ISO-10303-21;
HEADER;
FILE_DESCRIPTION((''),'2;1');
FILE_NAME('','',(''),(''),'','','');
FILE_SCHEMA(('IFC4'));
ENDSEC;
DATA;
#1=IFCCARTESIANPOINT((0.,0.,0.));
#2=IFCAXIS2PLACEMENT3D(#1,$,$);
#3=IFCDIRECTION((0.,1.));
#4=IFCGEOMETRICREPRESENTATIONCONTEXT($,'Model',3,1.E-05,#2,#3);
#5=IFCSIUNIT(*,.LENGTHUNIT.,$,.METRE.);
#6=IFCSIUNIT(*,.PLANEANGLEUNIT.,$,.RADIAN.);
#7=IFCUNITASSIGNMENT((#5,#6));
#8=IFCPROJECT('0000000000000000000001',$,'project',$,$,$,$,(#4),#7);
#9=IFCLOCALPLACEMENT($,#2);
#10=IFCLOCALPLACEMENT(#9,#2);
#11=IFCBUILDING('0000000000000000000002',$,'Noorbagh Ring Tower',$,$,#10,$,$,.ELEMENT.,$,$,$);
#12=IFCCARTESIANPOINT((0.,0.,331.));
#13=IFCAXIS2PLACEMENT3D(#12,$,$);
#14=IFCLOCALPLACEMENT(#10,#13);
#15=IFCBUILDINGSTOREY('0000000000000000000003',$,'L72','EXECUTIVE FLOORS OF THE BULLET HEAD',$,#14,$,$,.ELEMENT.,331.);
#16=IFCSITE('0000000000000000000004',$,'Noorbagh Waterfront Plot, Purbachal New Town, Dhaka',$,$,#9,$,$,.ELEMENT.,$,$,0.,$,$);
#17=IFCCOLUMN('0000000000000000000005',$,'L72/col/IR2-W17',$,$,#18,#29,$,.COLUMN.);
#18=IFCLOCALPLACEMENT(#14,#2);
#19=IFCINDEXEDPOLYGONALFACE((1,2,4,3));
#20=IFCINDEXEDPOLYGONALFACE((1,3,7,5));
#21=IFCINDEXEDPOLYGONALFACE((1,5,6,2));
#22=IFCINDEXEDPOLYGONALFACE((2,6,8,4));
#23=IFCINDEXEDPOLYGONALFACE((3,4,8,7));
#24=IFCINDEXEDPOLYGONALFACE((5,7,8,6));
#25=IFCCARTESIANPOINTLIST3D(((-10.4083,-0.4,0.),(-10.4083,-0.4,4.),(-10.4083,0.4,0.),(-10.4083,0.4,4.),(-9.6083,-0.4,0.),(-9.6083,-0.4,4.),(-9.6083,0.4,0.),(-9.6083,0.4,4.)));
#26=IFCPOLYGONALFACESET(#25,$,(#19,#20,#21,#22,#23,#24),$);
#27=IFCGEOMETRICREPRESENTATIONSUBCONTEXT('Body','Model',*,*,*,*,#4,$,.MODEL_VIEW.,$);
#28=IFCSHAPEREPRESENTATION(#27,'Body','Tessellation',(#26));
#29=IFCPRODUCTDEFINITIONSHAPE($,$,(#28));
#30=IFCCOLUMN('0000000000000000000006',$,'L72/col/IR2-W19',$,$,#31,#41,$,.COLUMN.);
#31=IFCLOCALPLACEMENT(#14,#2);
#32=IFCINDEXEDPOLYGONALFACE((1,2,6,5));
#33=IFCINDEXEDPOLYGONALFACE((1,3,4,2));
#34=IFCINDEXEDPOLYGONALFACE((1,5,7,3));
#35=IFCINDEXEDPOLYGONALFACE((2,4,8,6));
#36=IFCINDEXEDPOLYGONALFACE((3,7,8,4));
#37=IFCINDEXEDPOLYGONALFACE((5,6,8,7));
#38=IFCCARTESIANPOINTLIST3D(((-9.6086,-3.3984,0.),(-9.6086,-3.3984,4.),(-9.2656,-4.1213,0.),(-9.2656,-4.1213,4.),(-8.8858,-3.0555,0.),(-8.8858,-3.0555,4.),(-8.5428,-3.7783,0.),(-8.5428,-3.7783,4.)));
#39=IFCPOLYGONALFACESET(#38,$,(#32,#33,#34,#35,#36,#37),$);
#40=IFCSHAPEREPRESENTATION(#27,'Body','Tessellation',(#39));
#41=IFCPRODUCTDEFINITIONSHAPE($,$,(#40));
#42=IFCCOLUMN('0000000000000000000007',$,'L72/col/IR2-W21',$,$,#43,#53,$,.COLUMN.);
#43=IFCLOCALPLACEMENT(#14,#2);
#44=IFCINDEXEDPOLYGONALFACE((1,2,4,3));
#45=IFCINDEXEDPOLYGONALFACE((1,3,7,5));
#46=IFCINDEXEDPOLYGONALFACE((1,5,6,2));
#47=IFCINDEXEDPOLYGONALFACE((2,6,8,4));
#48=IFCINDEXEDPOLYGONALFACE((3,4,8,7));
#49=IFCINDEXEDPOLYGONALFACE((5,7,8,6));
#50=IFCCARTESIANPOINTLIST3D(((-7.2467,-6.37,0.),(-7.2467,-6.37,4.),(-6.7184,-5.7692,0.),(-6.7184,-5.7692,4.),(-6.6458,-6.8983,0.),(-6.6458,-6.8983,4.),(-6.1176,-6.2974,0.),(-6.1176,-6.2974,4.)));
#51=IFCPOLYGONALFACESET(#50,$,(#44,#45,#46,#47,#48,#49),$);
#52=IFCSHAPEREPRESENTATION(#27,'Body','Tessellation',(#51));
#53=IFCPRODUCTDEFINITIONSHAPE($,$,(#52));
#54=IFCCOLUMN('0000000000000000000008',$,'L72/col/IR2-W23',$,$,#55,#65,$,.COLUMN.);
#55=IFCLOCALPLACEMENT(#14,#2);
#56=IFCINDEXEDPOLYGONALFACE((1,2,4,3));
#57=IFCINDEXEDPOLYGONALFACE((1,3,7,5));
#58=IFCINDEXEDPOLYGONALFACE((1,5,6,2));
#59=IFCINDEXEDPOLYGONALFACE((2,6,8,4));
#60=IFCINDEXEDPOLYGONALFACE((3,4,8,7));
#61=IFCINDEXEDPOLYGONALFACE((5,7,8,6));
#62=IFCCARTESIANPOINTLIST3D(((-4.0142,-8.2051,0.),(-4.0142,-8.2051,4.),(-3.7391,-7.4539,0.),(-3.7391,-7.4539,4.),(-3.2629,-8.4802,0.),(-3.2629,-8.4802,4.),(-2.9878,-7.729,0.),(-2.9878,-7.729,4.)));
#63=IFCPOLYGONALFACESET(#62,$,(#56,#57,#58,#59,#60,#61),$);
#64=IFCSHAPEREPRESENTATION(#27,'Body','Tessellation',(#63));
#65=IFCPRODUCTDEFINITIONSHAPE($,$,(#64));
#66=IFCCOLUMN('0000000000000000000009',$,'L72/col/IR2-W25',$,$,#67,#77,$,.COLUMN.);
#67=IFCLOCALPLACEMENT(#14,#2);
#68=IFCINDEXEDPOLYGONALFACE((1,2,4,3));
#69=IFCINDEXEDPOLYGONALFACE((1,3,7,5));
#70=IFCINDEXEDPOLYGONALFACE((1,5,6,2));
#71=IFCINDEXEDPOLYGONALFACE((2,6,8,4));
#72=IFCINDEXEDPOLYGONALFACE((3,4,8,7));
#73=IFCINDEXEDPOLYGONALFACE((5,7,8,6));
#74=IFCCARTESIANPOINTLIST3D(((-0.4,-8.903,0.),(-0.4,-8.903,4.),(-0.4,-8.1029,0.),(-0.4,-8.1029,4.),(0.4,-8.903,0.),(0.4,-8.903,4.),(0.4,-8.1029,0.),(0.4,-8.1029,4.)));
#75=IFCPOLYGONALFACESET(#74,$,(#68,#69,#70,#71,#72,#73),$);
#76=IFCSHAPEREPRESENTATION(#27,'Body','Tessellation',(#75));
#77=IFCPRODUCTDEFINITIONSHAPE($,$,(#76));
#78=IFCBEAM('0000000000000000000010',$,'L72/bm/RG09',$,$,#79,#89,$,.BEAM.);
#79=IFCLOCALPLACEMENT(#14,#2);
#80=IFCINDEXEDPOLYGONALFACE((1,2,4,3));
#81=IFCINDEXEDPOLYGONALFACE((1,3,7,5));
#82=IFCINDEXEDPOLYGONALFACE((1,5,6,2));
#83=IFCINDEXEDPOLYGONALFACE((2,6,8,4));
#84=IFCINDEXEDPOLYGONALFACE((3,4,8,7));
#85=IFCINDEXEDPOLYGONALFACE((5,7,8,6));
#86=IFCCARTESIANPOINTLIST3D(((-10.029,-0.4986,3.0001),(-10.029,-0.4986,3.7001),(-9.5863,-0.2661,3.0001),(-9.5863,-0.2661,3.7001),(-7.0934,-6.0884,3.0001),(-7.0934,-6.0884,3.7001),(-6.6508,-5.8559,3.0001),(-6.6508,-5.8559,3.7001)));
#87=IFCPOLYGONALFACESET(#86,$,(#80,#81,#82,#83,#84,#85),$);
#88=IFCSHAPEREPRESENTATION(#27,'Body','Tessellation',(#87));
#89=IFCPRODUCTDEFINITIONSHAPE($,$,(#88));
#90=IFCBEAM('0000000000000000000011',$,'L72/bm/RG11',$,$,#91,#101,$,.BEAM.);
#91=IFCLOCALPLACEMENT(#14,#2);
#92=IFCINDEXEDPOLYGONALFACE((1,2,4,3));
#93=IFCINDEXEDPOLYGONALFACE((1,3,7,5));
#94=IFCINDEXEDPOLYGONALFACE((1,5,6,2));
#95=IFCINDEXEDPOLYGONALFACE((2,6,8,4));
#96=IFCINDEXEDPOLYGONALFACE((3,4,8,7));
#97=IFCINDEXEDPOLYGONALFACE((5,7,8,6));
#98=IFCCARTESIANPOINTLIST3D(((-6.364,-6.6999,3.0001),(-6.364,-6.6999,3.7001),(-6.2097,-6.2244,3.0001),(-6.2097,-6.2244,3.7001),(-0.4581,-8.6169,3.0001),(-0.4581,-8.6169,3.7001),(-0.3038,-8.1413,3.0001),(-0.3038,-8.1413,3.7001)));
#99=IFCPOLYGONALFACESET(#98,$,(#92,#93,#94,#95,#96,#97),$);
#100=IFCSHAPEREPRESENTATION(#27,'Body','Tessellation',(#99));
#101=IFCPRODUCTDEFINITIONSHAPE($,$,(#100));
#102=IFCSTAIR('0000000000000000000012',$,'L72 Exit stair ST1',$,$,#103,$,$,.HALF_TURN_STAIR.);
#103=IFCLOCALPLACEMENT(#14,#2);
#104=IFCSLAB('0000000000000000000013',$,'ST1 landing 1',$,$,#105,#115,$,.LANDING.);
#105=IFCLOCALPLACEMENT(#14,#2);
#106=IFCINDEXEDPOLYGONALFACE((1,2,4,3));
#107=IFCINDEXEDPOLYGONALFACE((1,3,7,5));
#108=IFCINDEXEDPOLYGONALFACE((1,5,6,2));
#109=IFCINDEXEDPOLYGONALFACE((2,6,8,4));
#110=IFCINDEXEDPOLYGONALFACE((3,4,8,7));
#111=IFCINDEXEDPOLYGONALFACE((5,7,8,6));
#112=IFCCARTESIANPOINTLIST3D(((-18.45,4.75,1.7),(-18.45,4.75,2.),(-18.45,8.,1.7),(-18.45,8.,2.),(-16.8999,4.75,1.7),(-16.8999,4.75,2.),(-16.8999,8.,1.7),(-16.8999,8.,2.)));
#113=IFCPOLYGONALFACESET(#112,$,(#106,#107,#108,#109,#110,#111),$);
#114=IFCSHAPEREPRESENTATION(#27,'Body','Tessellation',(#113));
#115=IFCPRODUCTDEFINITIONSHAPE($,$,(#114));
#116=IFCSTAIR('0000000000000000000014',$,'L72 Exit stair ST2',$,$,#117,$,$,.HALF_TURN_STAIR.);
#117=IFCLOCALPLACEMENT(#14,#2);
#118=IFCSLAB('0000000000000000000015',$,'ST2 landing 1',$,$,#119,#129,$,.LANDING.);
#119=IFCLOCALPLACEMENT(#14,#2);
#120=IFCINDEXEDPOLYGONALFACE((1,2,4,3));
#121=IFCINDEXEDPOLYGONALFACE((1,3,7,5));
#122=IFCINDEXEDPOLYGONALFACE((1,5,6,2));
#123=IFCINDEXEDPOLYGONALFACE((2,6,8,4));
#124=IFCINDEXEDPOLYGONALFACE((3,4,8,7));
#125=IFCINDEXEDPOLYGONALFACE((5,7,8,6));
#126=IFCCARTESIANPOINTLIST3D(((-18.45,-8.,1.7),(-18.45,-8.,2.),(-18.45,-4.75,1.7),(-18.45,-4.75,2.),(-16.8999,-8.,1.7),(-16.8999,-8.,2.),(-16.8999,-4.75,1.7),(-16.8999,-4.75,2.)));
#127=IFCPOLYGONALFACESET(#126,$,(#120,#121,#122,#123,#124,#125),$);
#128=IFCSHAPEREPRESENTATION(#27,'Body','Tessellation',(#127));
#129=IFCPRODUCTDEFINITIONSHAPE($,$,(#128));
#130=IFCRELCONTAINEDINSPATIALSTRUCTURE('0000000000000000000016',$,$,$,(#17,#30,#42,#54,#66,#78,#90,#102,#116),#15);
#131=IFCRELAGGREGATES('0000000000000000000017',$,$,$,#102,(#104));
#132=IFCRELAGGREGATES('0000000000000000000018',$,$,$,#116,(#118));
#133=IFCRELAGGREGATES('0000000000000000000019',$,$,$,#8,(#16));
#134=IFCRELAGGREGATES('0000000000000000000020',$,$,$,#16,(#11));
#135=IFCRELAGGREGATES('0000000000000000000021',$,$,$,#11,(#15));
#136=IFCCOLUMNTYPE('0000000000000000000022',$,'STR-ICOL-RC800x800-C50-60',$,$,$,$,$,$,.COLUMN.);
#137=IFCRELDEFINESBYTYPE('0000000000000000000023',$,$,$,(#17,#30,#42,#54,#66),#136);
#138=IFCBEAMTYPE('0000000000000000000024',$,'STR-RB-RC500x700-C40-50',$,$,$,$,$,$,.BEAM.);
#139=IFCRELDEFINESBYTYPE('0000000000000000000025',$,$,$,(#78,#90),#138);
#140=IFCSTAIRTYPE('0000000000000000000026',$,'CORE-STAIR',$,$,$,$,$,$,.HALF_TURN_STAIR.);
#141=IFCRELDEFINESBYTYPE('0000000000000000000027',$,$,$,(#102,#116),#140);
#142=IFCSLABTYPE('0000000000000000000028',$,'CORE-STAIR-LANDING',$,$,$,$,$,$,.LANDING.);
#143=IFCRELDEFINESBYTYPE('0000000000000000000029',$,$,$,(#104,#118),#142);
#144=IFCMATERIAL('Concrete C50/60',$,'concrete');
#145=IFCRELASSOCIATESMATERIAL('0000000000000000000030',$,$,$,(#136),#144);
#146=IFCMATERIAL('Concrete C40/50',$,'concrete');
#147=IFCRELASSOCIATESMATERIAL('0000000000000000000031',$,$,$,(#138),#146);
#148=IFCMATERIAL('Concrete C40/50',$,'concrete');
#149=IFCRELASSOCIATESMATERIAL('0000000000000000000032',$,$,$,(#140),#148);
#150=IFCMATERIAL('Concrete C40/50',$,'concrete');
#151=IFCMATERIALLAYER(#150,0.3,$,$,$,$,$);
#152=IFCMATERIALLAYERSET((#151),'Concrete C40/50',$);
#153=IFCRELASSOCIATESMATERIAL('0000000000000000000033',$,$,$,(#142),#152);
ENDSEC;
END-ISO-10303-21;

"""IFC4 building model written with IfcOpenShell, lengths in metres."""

from ifc_helpers import new_model, si_unit, direction, frame, origin, origin_2d, place, context, subcontext, project, spatial, polyline, rectangle, outline, extrude, material, layer, layer_set, material_profile, profile_set, type_object, element, aggregate, save


model = new_model("IFC4")

# Units and contexts
model_context = context("Model", 3, precision=1e-05, world=origin(), true_north=direction((0.0, 1.0)))
body_context = subcontext(model_context, "Body", "Model", "MODEL_VIEW")
ifc_project = project(units=[si_unit("LENGTHUNIT", "METRE"), si_unit("PLANEANGLEUNIT", "RADIAN")], contexts=[model_context])

# Site, building, storey
site_placement = place(None, origin())
site = spatial("IfcSite", under=ifc_project, at=site_placement, Name="Noorbagh Waterfront Plot, Purbachal New Town, Dhaka", CompositionType="ELEMENT", RefElevation=0.0)
building_placement = place(site_placement, origin())
building = spatial("IfcBuilding", under=site, at=building_placement, Name="Noorbagh Ring Tower", CompositionType="ELEMENT")
storey_placement = place(building_placement, frame((0.0, 0.0, 331.0)))
storey = spatial("IfcBuildingStorey", under=building, at=storey_placement, Name="L72", Description="EXECUTIVE FLOORS OF THE BULLET HEAD", CompositionType="ELEMENT", Elevation=331.0)

# Columns
ifc_material_1 = material(Name="Concrete C50/60", Category="concrete")
ifc_material_profile_1 = material_profile(ifc_material_1, rectangle(XDim=0.8, YDim=0.8, at=origin_2d()), Name="RC800x800")
ifc_profile_set_1 = profile_set([ifc_material_profile_1], Name="Concrete C50/60")
column_type = type_object("IfcColumnType", Name="STR-ICOL-RC800x800-C50-60", PredefinedType="COLUMN", material=ifc_profile_set_1)
for number, where, z_axis, x_axis, name in (
    (1, (-10.0083, 0.0, 0.0), (0.0, 0.0, 1.0), (0.0, -1.0, 0.0), "L72/col/IR2-W17"),
    (2, (-9.0757, -3.5884, 0.0), (0.0, 0.0, 1.0), (0.428667, -0.903463, 0.0), "L72/col/IR2-W19"),
    (3, (-6.6821, -6.3337, 0.0), (0.0, 0.0, 1.0), (0.751022, -0.660277, 0.0), "L72/col/IR2-W21"),
    (4, (-3.501, -7.967, 0.0), (0.0, 0.0, 1.0), (0.93902, -0.343864, 0.0), "L72/col/IR2-W23"),
    (5, (0.0, -8.5029, 0.0), (0.0, 0.0, 1.0), (1.0, 0.0, 0.0), "L72/col/IR2-W25"),
):
    element("IfcColumn", number, at=place(storey_placement, frame(where, z_axis=z_axis, x_axis=x_axis)), inside=storey, type_object=column_type, Name=name, PredefinedType="COLUMN", context=body_context, shape_type="SweptSolid", body=[
        extrude(rectangle(XDim=0.8, YDim=0.8, at=origin_2d()), origin(), (0.0, 0.0, 1.0), 4.0),
    ])

# Beams
ifc_material_2 = material(Name="Concrete C40/50", Category="concrete")
ifc_material_profile_2 = material_profile(ifc_material_2, rectangle(XDim=0.5, YDim=0.7, at=origin_2d()), Name="RC500x700")
ifc_profile_set_2 = profile_set([ifc_material_profile_2], Name="Concrete C40/50")
beam_type = type_object("IfcBeamType", Name="STR-RB-RC500x700-C40-50", PredefinedType="BEAM", material=ifc_profile_set_2)
beam_1_placement = place(storey_placement, frame((-9.8076, -0.3823, 3.3501), z_axis=(0.464943, -0.885341, 0.0), x_axis=(0.885341, 0.464943, 0.0)))
element("IfcBeam", 6, at=beam_1_placement, inside=storey, type_object=beam_type, Name="L72/bm/RG09", PredefinedType="BEAM", context=body_context, shape_type="SweptSolid", body=[
    extrude(rectangle(XDim=0.5, YDim=0.7, at=origin_2d()), origin(), (0.0, 0.0, 1.0), 6.3137),
])
beam_2_placement = place(storey_placement, frame((-6.2869, -6.4622, 3.3501), z_axis=(0.95115, -0.308728, 0.0), x_axis=(0.308728, 0.95115, 0.0)))
element("IfcBeam", 7, at=beam_2_placement, inside=storey, type_object=beam_type, Name="L72/bm/RG11", PredefinedType="BEAM", context=body_context, shape_type="SweptSolid", body=[
    extrude(rectangle(XDim=0.5, YDim=0.7, at=origin_2d()), origin(), (0.0, 0.0, 1.0), 6.2092),
])

# Stairs, slabs
ifc_material_3 = material(Name="Concrete C40/50", Category="concrete")
stair_type = type_object("IfcStairType", Name="CORE-STAIR", PredefinedType="HALF_TURN_STAIR", material=ifc_material_3)
stair_1_placement = place(storey_placement, origin())
stair_1 = element("IfcStair", 8, at=stair_1_placement, inside=storey, type_object=stair_type, Name="L72 Exit stair ST1", PredefinedType="HALF_TURN_STAIR")
ifc_material_4 = material(Name="Concrete C40/50", Category="concrete")
ifc_layer_1 = layer(ifc_material_4, 0.3)
ifc_layer_set_1 = layer_set([ifc_layer_1], Name="Concrete C40/50")
slab_type_1 = type_object("IfcSlabType", Name="CORE-STAIR-LANDING", PredefinedType="LANDING", material=ifc_layer_set_1)
slab_1_placement = place(storey_placement, frame((0.0, 0.0, 1.7)))
slab_1 = element("IfcSlab", 9, at=slab_1_placement, type_object=slab_type_1, Name="ST1 landing 1", PredefinedType="LANDING", context=body_context, shape_type="SweptSolid", body=[
    extrude(outline(polyline([(-18.45, 4.75), (-16.8999, 4.75), (-16.8999, 8.0), (-18.45, 8.0), (-18.45, 4.75)])), origin(), (0.0, 0.0, 1.0), 0.3),
])
aggregate(stair_1, [slab_1])
stair_2_placement = place(storey_placement, origin())
stair_2 = element("IfcStair", 10, at=stair_2_placement, inside=storey, type_object=stair_type, Name="L72 Exit stair ST2", PredefinedType="HALF_TURN_STAIR")
slab_2_placement = place(storey_placement, frame((0.0, 0.0, 1.7)))
slab_2 = element("IfcSlab", 11, at=slab_2_placement, type_object=slab_type_1, Name="ST2 landing 1", PredefinedType="LANDING", context=body_context, shape_type="SweptSolid", body=[
    extrude(outline(polyline([(-18.45, -8.0), (-16.8999, -8.0), (-16.8999, -4.75), (-18.45, -4.75), (-18.45, -8.0)])), origin(), (0.0, 0.0, 1.0), 0.3),
])

aggregate(stair_2, [slab_2])

save(model, "model.ifc")
